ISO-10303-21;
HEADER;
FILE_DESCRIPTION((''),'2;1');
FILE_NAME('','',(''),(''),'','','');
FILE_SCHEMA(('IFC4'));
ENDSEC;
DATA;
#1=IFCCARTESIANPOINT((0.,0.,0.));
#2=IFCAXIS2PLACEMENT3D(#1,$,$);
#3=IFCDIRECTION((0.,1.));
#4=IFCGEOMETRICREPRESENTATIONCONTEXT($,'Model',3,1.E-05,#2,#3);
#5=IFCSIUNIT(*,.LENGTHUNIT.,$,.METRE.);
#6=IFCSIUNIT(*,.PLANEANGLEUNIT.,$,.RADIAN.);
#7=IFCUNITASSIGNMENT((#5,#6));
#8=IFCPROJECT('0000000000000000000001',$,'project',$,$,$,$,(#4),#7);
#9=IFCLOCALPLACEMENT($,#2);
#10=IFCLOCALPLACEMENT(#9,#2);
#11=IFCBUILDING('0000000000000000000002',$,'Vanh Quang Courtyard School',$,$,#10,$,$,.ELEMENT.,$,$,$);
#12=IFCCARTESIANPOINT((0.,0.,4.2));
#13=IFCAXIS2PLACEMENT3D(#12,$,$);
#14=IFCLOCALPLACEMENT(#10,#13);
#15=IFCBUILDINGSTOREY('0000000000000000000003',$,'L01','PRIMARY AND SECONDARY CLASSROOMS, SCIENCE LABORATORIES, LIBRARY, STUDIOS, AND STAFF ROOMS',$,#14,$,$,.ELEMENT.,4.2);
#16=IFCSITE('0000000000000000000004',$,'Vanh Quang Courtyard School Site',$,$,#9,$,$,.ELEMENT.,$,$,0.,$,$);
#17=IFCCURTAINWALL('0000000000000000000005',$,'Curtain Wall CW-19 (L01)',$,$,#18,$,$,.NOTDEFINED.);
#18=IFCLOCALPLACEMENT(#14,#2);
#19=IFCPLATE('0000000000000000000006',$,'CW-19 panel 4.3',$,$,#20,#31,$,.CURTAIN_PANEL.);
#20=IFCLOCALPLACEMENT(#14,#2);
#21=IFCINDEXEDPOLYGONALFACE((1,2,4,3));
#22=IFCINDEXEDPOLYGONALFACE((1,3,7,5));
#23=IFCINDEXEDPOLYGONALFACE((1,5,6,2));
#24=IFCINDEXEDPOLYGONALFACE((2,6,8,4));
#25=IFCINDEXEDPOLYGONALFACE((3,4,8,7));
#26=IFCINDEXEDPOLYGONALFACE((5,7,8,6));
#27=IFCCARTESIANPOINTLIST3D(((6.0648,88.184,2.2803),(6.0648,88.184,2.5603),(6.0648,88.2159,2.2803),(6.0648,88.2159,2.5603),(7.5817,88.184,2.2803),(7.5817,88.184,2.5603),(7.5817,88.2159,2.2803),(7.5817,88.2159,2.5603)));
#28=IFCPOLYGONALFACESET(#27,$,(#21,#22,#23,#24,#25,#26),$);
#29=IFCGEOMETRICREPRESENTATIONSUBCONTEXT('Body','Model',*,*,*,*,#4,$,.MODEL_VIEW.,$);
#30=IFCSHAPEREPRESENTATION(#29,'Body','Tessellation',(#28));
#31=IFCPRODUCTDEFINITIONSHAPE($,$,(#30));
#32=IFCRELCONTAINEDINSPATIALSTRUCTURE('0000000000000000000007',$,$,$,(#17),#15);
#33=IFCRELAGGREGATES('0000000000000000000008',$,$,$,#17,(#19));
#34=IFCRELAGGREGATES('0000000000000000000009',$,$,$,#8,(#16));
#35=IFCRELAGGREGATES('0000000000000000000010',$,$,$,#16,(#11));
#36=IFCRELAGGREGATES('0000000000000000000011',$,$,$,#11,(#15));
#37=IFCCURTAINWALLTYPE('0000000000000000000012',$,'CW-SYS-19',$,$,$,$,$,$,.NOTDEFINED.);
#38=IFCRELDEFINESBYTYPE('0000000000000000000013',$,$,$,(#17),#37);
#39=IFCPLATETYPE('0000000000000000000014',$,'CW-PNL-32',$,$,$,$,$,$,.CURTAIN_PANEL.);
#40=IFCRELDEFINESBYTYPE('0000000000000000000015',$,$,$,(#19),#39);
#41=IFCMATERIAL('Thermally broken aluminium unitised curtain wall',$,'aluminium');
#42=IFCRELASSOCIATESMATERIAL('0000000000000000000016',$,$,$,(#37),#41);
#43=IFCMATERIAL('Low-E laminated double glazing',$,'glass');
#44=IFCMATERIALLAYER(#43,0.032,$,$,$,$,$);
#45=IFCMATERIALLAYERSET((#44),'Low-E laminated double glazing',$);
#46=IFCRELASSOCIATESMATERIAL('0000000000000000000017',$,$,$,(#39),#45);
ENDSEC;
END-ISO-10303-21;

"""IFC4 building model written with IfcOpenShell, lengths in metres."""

from ifc_helpers import new_model, si_unit, direction, frame, origin, origin_2d, place, context, subcontext, project, spatial, rectangle, extrude, material, layer, layer_set, type_object, element, aggregate, save


model = new_model("IFC4")

# Units and contexts
model_context = context("Model", 3, precision=1e-05, world=origin(), true_north=direction((0.0, 1.0)))
body_context = subcontext(model_context, "Body", "Model", "MODEL_VIEW")
ifc_project = project(units=[si_unit("LENGTHUNIT", "METRE"), si_unit("PLANEANGLEUNIT", "RADIAN")], contexts=[model_context])

# Site, building, storey
site_placement = place(None, origin())
site = spatial("IfcSite", under=ifc_project, at=site_placement, Name="Vanh Quang Courtyard School Site", CompositionType="ELEMENT", RefElevation=0.0)
building_placement = place(site_placement, origin())
building = spatial("IfcBuilding", under=site, at=building_placement, Name="Vanh Quang Courtyard School", CompositionType="ELEMENT")
storey_placement = place(building_placement, frame((0.0, 0.0, 4.2)))
storey = spatial("IfcBuildingStorey", under=building, at=storey_placement, Name="L01", Description="PRIMARY AND SECONDARY CLASSROOMS, SCIENCE LABORATORIES, LIBRARY, STUDIOS, AND STAFF ROOMS", CompositionType="ELEMENT", Elevation=4.2)

# Curtain wall, plate
ifc_material_1 = material(Name="Thermally broken aluminium unitised curtain wall", Category="aluminium")
curtain_wall_type = type_object("IfcCurtainWallType", Name="CW-SYS-19", PredefinedType="NOTDEFINED", material=ifc_material_1)
curtain_wall_placement = place(storey_placement, origin())
curtain_wall = element("IfcCurtainWall", 1, at=curtain_wall_placement, inside=storey, type_object=curtain_wall_type, Name="Curtain Wall CW-19 (L01)", PredefinedType="NOTDEFINED")
ifc_material_2 = material(Name="Low-E laminated double glazing", Category="glass")
ifc_layer = layer(ifc_material_2, 0.032)
ifc_layer_set = layer_set([ifc_layer], Name="Low-E laminated double glazing")
plate_type = type_object("IfcPlateType", Name="CW-PNL-32", PredefinedType="CURTAIN_PANEL", material=ifc_layer_set)
plate_1_placement = place(storey_placement, frame((6.8232, 88.2, 2.2803), z_axis=(0.0, 0.0, 1.0), x_axis=(-1.0, 0.0, 0.0)))
plate_1 = element("IfcPlate", 2, at=plate_1_placement, type_object=plate_type, Name="CW-19 panel 4.3", PredefinedType="CURTAIN_PANEL", context=body_context, shape_type="SweptSolid", body=[
    extrude(rectangle(XDim=1.5168, YDim=0.032, at=origin_2d()), origin(), (0.0, 0.0, 1.0), 0.28),
])
aggregate(curtain_wall, [plate_1])

save(model, "model.ifc")
